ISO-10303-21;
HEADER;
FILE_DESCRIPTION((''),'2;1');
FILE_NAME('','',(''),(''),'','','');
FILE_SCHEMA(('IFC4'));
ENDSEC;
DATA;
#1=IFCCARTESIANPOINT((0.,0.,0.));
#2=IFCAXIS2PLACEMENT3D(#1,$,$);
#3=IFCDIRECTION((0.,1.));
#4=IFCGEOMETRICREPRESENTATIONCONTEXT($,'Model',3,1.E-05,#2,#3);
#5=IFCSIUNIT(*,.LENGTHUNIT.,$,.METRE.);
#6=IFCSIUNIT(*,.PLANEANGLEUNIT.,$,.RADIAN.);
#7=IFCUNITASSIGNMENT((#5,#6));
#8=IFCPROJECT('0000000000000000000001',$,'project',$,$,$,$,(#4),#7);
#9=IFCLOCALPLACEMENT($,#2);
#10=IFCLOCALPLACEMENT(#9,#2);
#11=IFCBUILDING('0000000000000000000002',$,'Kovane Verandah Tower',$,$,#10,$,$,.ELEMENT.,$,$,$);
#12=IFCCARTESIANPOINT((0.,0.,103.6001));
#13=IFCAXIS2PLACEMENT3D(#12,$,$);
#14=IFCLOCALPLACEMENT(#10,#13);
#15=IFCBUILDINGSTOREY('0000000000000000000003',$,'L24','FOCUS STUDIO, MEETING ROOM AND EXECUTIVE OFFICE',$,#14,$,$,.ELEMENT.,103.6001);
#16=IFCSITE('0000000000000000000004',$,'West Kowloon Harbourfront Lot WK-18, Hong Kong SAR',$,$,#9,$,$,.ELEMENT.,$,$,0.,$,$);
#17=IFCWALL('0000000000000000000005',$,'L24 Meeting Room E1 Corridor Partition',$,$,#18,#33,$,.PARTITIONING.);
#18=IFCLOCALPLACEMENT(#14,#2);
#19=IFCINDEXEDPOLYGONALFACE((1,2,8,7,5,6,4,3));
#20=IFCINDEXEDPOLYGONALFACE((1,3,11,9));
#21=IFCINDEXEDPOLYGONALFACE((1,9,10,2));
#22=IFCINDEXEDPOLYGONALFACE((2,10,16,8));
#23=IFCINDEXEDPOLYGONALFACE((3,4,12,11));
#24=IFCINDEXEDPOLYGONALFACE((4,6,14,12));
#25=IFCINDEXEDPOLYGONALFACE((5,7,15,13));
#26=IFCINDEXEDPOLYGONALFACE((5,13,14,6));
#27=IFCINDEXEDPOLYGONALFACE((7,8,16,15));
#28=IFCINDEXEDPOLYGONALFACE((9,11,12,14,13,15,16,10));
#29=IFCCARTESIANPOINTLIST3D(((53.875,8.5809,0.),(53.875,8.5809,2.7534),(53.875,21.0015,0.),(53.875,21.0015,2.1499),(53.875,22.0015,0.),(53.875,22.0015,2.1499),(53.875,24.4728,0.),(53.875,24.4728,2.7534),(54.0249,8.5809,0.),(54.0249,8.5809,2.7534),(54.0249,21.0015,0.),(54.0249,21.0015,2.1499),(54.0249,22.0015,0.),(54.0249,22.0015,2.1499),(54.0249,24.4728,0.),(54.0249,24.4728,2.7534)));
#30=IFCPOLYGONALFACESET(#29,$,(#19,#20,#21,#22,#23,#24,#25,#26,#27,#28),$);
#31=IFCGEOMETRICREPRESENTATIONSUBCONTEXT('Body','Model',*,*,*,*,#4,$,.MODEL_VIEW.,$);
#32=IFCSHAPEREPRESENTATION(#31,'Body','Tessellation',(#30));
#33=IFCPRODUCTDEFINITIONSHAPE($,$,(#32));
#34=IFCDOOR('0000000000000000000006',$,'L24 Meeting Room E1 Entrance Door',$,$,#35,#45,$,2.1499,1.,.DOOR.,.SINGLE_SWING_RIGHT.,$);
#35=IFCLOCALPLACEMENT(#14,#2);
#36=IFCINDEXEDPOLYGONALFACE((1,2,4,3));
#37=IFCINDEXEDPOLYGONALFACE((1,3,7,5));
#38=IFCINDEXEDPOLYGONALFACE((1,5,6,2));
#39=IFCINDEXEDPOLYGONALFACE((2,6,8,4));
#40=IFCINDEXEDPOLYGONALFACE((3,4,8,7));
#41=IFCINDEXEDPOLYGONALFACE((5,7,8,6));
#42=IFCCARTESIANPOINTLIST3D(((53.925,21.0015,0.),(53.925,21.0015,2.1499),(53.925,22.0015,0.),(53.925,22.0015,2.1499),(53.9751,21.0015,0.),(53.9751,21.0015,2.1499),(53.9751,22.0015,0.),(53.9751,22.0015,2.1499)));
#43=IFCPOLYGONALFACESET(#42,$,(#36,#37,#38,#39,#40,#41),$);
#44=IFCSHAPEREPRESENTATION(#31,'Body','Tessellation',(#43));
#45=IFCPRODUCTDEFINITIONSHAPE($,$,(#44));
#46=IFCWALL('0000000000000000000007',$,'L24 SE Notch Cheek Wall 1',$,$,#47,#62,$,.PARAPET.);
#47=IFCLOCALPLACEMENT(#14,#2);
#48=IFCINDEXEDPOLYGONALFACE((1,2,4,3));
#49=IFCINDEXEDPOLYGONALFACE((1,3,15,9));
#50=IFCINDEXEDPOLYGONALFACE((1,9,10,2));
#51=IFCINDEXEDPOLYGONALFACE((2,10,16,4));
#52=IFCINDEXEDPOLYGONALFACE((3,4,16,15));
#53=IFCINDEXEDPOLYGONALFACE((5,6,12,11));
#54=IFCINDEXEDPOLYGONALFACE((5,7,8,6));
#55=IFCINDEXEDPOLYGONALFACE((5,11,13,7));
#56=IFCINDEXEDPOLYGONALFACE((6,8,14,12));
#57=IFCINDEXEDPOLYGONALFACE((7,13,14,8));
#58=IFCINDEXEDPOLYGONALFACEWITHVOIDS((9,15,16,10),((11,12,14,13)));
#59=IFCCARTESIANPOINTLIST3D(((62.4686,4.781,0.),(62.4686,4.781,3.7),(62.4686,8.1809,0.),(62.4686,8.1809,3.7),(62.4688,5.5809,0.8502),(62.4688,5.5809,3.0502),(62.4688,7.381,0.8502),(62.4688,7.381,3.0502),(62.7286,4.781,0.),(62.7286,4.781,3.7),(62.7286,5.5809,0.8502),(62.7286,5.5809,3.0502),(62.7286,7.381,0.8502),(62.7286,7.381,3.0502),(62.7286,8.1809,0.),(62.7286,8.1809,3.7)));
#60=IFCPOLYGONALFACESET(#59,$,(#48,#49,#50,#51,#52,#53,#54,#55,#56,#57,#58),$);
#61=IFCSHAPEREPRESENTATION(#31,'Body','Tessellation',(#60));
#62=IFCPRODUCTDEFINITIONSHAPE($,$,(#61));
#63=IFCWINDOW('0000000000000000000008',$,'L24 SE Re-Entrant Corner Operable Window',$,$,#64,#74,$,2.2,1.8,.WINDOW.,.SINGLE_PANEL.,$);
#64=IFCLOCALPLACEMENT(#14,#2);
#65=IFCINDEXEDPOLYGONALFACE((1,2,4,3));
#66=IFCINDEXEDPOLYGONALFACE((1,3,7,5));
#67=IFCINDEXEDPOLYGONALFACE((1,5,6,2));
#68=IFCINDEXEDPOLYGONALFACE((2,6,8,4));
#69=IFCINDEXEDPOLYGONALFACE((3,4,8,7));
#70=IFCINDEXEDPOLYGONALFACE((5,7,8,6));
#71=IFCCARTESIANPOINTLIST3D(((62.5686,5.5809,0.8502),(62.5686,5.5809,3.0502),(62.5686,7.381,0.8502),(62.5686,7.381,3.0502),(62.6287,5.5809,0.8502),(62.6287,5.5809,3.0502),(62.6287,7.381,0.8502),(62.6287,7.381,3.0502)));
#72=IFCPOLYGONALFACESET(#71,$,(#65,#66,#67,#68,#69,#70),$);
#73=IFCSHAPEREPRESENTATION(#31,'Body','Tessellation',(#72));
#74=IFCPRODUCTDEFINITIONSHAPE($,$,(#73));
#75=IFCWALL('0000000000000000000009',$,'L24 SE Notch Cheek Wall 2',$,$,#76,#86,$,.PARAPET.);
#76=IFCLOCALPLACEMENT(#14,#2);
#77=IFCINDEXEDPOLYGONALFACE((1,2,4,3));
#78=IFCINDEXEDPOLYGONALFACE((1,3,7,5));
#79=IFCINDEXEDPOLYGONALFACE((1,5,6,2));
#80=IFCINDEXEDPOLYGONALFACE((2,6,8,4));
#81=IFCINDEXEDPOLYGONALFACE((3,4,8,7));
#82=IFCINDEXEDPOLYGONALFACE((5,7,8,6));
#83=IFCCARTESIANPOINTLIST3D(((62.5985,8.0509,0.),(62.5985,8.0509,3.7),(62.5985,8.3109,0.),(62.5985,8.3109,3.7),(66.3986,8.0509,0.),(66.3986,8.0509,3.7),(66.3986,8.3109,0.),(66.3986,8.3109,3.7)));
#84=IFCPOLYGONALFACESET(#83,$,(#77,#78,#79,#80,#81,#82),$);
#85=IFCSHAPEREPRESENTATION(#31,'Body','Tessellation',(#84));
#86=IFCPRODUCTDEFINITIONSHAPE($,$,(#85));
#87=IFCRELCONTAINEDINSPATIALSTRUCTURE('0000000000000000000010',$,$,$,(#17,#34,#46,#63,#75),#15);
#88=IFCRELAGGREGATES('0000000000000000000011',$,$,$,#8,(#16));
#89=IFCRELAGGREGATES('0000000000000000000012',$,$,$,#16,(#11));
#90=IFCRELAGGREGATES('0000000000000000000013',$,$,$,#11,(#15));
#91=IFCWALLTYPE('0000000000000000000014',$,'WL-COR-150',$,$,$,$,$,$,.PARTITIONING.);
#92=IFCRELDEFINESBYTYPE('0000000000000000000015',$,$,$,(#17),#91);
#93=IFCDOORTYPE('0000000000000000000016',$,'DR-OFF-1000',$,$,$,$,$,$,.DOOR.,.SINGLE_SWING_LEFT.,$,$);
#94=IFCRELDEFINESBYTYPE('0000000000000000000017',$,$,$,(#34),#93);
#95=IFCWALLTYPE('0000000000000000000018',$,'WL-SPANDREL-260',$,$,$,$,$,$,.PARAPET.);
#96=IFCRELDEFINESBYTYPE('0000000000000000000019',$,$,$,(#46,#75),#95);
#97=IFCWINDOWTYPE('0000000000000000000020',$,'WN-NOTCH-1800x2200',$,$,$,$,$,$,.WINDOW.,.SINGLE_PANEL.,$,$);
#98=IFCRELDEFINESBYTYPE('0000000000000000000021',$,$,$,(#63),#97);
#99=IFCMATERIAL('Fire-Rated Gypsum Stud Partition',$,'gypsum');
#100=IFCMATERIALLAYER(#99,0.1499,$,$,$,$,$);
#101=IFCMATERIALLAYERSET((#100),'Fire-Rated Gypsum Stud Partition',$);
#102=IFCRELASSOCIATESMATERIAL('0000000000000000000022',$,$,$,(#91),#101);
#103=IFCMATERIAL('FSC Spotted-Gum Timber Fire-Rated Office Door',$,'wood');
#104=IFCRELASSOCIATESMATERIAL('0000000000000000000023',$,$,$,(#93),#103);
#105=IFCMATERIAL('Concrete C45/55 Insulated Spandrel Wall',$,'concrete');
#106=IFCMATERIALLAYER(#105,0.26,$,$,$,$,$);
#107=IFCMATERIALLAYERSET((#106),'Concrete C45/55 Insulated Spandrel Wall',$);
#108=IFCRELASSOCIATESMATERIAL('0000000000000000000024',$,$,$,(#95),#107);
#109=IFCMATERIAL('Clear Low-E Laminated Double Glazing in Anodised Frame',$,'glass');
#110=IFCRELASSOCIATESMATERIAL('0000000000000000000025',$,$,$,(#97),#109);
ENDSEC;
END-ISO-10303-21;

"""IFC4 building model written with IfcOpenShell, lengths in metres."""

from ifc_helpers import new_model, si_unit, direction, frame, frame_2d, origin, place, context, subcontext, project, spatial, rectangle, extrude, material, layer, layer_set, type_object, element, fill, save


model = new_model("IFC4")

# Units and contexts
model_context = context("Model", 3, precision=1e-05, world=origin(), true_north=direction((0.0, 1.0)))
body_context = subcontext(model_context, "Body", "Model", "MODEL_VIEW")
ifc_project = project(units=[si_unit("LENGTHUNIT", "METRE"), si_unit("PLANEANGLEUNIT", "RADIAN")], contexts=[model_context])

# Site, building, storey
site_placement = place(None, origin())
site = spatial("IfcSite", under=ifc_project, at=site_placement, Name="West Kowloon Harbourfront Lot WK-18, Hong Kong SAR", CompositionType="ELEMENT", RefElevation=0.0)
building_placement = place(site_placement, origin())
building = spatial("IfcBuilding", under=site, at=building_placement, Name="Kovane Verandah Tower", CompositionType="ELEMENT")
storey_placement = place(building_placement, frame((0.0, 0.0, 103.6001)))
storey = spatial("IfcBuildingStorey", under=building, at=storey_placement, Name="L24", Description="FOCUS STUDIO, MEETING ROOM AND EXECUTIVE OFFICE", CompositionType="ELEMENT", Elevation=103.6001)

# Wall, opening, door
ifc_material_1 = material(Name="Fire-Rated Gypsum Stud Partition", Category="gypsum")
ifc_layer_1 = layer(ifc_material_1, 0.1499)
ifc_layer_set_1 = layer_set([ifc_layer_1], Name="Fire-Rated Gypsum Stud Partition")
wall_type_1 = type_object("IfcWallType", Name="WL-COR-150", PredefinedType="PARTITIONING", material=ifc_layer_set_1)
wall_1_placement = place(storey_placement, frame((53.95, 8.5811, 0.0), z_axis=(0.0, 0.0, 1.0), x_axis=(0.0, 1.0, 0.0)))
wall_1 = element("IfcWall", 1, at=wall_1_placement, inside=storey, type_object=wall_type_1, Name="L24 Meeting Room E1 Corridor Partition", PredefinedType="PARTITIONING", context=body_context, shape_type="SweptSolid", body=[
    extrude(rectangle(XDim=15.8918, YDim=0.1499, at=frame_2d((7.9458, 0.0))), origin(), (0.0, 0.0, 1.0), 2.7534),
])
opening_1_placement = place(wall_1_placement, frame((12.4204, 0.0, 0.0)))
opening_1 = element("IfcOpeningElement", 2, at=opening_1_placement, cuts=wall_1, PredefinedType="OPENING", context=body_context, shape_type="SweptSolid", body=[
    extrude(rectangle(XDim=1.0, YDim=2.1499, at=frame_2d((0.5, 1.075))), frame((0.0, 0.075, 0.0), z_axis=(0.0, -1.0, 0.0), x_axis=(1.0, 0.0, 0.0)), (0.0, 0.0, 1.0), 0.1499),
])
ifc_material_2 = material(Name="FSC Spotted-Gum Timber Fire-Rated Office Door", Category="wood")
door_type_1 = type_object("IfcDoorType", Name="DR-OFF-1000", OperationType="SINGLE_SWING_LEFT", PredefinedType="DOOR", material=ifc_material_2)
door_1_placement = place(opening_1_placement, origin())
door_1 = element("IfcDoor", 3, at=door_1_placement, inside=storey, type_object=door_type_1, Name="L24 Meeting Room E1 Entrance Door", OperationType="SINGLE_SWING_RIGHT", OverallHeight=2.1499, OverallWidth=1.0, PredefinedType="DOOR", context=body_context, shape_type="SweptSolid", body=[
    extrude(rectangle(XDim=1.0, YDim=2.1499, at=frame_2d((0.5, 1.075))), frame((0.0, 0.0249, 0.0), z_axis=(0.0, -1.0, 0.0), x_axis=(1.0, 0.0, 0.0)), (0.0, 0.0, 1.0), 0.05),
])
fill(opening_1, door_1)

# Shared definitions
ifc_material_3 = material(Name="Concrete C45/55 Insulated Spandrel Wall", Category="concrete")
ifc_layer_2 = layer(ifc_material_3, 0.26)
ifc_layer_set_2 = layer_set([ifc_layer_2], Name="Concrete C45/55 Insulated Spandrel Wall")
wall_type_2 = type_object("IfcWallType", Name="WL-SPANDREL-260", PredefinedType="PARAPET", material=ifc_layer_set_2)
ifc_material_4 = material(Name="Clear Low-E Laminated Double Glazing in Anodised Frame", Category="glass")
window_type = type_object("IfcWindowType", Name="WN-NOTCH-1800x2200", PartitioningType="SINGLE_PANEL", PredefinedType="WINDOW", material=ifc_material_4)

# Wall, opening, window
wall_2_placement = place(storey_placement, frame((62.5986, 4.781, 0.0), z_axis=(0.0, 0.0, 1.0), x_axis=(0.0, 1.0, 0.0)))
wall_2 = element("IfcWall", 4, at=wall_2_placement, inside=storey, type_object=wall_type_2, Name="L24 SE Notch Cheek Wall 1", PredefinedType="PARAPET", context=body_context, shape_type="SweptSolid", body=[
    extrude(rectangle(XDim=3.3999, YDim=0.26, at=frame_2d((1.7, 0.0))), origin(), (0.0, 0.0, 1.0), 3.7),
])
opening_2_placement = place(wall_2_placement, frame((0.8, 0.0, 0.8501)))
opening_2 = element("IfcOpeningElement", 5, at=opening_2_placement, cuts=wall_2, PredefinedType="OPENING", context=body_context, shape_type="SweptSolid", body=[
    extrude(rectangle(XDim=1.8, YDim=2.2, at=frame_2d((0.8999, 1.1001))), frame((0.0, 0.1299, 0.0), z_axis=(0.0, -1.0, 0.0), x_axis=(1.0, 0.0, 0.0)), (0.0, 0.0, 1.0), 0.26),
])
window_1_placement = place(opening_2_placement, origin())
window_1 = element("IfcWindow", 6, at=window_1_placement, inside=storey, type_object=window_type, Name="L24 SE Re-Entrant Corner Operable Window", OverallHeight=2.2, OverallWidth=1.8, PartitioningType="SINGLE_PANEL", PredefinedType="WINDOW", context=body_context, shape_type="SweptSolid", body=[
    extrude(rectangle(XDim=1.8, YDim=2.2, at=frame_2d((0.8999, 1.1001))), frame((0.0, 0.03, 0.0), z_axis=(0.0, -1.0, 0.0), x_axis=(1.0, 0.0, 0.0)), (0.0, 0.0, 1.0), 0.0601),
])
fill(opening_2, window_1)

# Wall
wall_3_placement = place(storey_placement, frame((62.5986, 8.1809, 0.0), z_axis=(0.0, 0.0, 1.0), x_axis=(1.0, 0.0, 0.0)))
element("IfcWall", 7, at=wall_3_placement, inside=storey, type_object=wall_type_2, Name="L24 SE Notch Cheek Wall 2", PredefinedType="PARAPET", context=body_context, shape_type="SweptSolid", body=[
    extrude(rectangle(XDim=3.8, YDim=0.26, at=frame_2d((1.8999, 0.0))), origin(), (0.0, 0.0, 1.0), 3.7),
])

save(model, "model.ifc")
